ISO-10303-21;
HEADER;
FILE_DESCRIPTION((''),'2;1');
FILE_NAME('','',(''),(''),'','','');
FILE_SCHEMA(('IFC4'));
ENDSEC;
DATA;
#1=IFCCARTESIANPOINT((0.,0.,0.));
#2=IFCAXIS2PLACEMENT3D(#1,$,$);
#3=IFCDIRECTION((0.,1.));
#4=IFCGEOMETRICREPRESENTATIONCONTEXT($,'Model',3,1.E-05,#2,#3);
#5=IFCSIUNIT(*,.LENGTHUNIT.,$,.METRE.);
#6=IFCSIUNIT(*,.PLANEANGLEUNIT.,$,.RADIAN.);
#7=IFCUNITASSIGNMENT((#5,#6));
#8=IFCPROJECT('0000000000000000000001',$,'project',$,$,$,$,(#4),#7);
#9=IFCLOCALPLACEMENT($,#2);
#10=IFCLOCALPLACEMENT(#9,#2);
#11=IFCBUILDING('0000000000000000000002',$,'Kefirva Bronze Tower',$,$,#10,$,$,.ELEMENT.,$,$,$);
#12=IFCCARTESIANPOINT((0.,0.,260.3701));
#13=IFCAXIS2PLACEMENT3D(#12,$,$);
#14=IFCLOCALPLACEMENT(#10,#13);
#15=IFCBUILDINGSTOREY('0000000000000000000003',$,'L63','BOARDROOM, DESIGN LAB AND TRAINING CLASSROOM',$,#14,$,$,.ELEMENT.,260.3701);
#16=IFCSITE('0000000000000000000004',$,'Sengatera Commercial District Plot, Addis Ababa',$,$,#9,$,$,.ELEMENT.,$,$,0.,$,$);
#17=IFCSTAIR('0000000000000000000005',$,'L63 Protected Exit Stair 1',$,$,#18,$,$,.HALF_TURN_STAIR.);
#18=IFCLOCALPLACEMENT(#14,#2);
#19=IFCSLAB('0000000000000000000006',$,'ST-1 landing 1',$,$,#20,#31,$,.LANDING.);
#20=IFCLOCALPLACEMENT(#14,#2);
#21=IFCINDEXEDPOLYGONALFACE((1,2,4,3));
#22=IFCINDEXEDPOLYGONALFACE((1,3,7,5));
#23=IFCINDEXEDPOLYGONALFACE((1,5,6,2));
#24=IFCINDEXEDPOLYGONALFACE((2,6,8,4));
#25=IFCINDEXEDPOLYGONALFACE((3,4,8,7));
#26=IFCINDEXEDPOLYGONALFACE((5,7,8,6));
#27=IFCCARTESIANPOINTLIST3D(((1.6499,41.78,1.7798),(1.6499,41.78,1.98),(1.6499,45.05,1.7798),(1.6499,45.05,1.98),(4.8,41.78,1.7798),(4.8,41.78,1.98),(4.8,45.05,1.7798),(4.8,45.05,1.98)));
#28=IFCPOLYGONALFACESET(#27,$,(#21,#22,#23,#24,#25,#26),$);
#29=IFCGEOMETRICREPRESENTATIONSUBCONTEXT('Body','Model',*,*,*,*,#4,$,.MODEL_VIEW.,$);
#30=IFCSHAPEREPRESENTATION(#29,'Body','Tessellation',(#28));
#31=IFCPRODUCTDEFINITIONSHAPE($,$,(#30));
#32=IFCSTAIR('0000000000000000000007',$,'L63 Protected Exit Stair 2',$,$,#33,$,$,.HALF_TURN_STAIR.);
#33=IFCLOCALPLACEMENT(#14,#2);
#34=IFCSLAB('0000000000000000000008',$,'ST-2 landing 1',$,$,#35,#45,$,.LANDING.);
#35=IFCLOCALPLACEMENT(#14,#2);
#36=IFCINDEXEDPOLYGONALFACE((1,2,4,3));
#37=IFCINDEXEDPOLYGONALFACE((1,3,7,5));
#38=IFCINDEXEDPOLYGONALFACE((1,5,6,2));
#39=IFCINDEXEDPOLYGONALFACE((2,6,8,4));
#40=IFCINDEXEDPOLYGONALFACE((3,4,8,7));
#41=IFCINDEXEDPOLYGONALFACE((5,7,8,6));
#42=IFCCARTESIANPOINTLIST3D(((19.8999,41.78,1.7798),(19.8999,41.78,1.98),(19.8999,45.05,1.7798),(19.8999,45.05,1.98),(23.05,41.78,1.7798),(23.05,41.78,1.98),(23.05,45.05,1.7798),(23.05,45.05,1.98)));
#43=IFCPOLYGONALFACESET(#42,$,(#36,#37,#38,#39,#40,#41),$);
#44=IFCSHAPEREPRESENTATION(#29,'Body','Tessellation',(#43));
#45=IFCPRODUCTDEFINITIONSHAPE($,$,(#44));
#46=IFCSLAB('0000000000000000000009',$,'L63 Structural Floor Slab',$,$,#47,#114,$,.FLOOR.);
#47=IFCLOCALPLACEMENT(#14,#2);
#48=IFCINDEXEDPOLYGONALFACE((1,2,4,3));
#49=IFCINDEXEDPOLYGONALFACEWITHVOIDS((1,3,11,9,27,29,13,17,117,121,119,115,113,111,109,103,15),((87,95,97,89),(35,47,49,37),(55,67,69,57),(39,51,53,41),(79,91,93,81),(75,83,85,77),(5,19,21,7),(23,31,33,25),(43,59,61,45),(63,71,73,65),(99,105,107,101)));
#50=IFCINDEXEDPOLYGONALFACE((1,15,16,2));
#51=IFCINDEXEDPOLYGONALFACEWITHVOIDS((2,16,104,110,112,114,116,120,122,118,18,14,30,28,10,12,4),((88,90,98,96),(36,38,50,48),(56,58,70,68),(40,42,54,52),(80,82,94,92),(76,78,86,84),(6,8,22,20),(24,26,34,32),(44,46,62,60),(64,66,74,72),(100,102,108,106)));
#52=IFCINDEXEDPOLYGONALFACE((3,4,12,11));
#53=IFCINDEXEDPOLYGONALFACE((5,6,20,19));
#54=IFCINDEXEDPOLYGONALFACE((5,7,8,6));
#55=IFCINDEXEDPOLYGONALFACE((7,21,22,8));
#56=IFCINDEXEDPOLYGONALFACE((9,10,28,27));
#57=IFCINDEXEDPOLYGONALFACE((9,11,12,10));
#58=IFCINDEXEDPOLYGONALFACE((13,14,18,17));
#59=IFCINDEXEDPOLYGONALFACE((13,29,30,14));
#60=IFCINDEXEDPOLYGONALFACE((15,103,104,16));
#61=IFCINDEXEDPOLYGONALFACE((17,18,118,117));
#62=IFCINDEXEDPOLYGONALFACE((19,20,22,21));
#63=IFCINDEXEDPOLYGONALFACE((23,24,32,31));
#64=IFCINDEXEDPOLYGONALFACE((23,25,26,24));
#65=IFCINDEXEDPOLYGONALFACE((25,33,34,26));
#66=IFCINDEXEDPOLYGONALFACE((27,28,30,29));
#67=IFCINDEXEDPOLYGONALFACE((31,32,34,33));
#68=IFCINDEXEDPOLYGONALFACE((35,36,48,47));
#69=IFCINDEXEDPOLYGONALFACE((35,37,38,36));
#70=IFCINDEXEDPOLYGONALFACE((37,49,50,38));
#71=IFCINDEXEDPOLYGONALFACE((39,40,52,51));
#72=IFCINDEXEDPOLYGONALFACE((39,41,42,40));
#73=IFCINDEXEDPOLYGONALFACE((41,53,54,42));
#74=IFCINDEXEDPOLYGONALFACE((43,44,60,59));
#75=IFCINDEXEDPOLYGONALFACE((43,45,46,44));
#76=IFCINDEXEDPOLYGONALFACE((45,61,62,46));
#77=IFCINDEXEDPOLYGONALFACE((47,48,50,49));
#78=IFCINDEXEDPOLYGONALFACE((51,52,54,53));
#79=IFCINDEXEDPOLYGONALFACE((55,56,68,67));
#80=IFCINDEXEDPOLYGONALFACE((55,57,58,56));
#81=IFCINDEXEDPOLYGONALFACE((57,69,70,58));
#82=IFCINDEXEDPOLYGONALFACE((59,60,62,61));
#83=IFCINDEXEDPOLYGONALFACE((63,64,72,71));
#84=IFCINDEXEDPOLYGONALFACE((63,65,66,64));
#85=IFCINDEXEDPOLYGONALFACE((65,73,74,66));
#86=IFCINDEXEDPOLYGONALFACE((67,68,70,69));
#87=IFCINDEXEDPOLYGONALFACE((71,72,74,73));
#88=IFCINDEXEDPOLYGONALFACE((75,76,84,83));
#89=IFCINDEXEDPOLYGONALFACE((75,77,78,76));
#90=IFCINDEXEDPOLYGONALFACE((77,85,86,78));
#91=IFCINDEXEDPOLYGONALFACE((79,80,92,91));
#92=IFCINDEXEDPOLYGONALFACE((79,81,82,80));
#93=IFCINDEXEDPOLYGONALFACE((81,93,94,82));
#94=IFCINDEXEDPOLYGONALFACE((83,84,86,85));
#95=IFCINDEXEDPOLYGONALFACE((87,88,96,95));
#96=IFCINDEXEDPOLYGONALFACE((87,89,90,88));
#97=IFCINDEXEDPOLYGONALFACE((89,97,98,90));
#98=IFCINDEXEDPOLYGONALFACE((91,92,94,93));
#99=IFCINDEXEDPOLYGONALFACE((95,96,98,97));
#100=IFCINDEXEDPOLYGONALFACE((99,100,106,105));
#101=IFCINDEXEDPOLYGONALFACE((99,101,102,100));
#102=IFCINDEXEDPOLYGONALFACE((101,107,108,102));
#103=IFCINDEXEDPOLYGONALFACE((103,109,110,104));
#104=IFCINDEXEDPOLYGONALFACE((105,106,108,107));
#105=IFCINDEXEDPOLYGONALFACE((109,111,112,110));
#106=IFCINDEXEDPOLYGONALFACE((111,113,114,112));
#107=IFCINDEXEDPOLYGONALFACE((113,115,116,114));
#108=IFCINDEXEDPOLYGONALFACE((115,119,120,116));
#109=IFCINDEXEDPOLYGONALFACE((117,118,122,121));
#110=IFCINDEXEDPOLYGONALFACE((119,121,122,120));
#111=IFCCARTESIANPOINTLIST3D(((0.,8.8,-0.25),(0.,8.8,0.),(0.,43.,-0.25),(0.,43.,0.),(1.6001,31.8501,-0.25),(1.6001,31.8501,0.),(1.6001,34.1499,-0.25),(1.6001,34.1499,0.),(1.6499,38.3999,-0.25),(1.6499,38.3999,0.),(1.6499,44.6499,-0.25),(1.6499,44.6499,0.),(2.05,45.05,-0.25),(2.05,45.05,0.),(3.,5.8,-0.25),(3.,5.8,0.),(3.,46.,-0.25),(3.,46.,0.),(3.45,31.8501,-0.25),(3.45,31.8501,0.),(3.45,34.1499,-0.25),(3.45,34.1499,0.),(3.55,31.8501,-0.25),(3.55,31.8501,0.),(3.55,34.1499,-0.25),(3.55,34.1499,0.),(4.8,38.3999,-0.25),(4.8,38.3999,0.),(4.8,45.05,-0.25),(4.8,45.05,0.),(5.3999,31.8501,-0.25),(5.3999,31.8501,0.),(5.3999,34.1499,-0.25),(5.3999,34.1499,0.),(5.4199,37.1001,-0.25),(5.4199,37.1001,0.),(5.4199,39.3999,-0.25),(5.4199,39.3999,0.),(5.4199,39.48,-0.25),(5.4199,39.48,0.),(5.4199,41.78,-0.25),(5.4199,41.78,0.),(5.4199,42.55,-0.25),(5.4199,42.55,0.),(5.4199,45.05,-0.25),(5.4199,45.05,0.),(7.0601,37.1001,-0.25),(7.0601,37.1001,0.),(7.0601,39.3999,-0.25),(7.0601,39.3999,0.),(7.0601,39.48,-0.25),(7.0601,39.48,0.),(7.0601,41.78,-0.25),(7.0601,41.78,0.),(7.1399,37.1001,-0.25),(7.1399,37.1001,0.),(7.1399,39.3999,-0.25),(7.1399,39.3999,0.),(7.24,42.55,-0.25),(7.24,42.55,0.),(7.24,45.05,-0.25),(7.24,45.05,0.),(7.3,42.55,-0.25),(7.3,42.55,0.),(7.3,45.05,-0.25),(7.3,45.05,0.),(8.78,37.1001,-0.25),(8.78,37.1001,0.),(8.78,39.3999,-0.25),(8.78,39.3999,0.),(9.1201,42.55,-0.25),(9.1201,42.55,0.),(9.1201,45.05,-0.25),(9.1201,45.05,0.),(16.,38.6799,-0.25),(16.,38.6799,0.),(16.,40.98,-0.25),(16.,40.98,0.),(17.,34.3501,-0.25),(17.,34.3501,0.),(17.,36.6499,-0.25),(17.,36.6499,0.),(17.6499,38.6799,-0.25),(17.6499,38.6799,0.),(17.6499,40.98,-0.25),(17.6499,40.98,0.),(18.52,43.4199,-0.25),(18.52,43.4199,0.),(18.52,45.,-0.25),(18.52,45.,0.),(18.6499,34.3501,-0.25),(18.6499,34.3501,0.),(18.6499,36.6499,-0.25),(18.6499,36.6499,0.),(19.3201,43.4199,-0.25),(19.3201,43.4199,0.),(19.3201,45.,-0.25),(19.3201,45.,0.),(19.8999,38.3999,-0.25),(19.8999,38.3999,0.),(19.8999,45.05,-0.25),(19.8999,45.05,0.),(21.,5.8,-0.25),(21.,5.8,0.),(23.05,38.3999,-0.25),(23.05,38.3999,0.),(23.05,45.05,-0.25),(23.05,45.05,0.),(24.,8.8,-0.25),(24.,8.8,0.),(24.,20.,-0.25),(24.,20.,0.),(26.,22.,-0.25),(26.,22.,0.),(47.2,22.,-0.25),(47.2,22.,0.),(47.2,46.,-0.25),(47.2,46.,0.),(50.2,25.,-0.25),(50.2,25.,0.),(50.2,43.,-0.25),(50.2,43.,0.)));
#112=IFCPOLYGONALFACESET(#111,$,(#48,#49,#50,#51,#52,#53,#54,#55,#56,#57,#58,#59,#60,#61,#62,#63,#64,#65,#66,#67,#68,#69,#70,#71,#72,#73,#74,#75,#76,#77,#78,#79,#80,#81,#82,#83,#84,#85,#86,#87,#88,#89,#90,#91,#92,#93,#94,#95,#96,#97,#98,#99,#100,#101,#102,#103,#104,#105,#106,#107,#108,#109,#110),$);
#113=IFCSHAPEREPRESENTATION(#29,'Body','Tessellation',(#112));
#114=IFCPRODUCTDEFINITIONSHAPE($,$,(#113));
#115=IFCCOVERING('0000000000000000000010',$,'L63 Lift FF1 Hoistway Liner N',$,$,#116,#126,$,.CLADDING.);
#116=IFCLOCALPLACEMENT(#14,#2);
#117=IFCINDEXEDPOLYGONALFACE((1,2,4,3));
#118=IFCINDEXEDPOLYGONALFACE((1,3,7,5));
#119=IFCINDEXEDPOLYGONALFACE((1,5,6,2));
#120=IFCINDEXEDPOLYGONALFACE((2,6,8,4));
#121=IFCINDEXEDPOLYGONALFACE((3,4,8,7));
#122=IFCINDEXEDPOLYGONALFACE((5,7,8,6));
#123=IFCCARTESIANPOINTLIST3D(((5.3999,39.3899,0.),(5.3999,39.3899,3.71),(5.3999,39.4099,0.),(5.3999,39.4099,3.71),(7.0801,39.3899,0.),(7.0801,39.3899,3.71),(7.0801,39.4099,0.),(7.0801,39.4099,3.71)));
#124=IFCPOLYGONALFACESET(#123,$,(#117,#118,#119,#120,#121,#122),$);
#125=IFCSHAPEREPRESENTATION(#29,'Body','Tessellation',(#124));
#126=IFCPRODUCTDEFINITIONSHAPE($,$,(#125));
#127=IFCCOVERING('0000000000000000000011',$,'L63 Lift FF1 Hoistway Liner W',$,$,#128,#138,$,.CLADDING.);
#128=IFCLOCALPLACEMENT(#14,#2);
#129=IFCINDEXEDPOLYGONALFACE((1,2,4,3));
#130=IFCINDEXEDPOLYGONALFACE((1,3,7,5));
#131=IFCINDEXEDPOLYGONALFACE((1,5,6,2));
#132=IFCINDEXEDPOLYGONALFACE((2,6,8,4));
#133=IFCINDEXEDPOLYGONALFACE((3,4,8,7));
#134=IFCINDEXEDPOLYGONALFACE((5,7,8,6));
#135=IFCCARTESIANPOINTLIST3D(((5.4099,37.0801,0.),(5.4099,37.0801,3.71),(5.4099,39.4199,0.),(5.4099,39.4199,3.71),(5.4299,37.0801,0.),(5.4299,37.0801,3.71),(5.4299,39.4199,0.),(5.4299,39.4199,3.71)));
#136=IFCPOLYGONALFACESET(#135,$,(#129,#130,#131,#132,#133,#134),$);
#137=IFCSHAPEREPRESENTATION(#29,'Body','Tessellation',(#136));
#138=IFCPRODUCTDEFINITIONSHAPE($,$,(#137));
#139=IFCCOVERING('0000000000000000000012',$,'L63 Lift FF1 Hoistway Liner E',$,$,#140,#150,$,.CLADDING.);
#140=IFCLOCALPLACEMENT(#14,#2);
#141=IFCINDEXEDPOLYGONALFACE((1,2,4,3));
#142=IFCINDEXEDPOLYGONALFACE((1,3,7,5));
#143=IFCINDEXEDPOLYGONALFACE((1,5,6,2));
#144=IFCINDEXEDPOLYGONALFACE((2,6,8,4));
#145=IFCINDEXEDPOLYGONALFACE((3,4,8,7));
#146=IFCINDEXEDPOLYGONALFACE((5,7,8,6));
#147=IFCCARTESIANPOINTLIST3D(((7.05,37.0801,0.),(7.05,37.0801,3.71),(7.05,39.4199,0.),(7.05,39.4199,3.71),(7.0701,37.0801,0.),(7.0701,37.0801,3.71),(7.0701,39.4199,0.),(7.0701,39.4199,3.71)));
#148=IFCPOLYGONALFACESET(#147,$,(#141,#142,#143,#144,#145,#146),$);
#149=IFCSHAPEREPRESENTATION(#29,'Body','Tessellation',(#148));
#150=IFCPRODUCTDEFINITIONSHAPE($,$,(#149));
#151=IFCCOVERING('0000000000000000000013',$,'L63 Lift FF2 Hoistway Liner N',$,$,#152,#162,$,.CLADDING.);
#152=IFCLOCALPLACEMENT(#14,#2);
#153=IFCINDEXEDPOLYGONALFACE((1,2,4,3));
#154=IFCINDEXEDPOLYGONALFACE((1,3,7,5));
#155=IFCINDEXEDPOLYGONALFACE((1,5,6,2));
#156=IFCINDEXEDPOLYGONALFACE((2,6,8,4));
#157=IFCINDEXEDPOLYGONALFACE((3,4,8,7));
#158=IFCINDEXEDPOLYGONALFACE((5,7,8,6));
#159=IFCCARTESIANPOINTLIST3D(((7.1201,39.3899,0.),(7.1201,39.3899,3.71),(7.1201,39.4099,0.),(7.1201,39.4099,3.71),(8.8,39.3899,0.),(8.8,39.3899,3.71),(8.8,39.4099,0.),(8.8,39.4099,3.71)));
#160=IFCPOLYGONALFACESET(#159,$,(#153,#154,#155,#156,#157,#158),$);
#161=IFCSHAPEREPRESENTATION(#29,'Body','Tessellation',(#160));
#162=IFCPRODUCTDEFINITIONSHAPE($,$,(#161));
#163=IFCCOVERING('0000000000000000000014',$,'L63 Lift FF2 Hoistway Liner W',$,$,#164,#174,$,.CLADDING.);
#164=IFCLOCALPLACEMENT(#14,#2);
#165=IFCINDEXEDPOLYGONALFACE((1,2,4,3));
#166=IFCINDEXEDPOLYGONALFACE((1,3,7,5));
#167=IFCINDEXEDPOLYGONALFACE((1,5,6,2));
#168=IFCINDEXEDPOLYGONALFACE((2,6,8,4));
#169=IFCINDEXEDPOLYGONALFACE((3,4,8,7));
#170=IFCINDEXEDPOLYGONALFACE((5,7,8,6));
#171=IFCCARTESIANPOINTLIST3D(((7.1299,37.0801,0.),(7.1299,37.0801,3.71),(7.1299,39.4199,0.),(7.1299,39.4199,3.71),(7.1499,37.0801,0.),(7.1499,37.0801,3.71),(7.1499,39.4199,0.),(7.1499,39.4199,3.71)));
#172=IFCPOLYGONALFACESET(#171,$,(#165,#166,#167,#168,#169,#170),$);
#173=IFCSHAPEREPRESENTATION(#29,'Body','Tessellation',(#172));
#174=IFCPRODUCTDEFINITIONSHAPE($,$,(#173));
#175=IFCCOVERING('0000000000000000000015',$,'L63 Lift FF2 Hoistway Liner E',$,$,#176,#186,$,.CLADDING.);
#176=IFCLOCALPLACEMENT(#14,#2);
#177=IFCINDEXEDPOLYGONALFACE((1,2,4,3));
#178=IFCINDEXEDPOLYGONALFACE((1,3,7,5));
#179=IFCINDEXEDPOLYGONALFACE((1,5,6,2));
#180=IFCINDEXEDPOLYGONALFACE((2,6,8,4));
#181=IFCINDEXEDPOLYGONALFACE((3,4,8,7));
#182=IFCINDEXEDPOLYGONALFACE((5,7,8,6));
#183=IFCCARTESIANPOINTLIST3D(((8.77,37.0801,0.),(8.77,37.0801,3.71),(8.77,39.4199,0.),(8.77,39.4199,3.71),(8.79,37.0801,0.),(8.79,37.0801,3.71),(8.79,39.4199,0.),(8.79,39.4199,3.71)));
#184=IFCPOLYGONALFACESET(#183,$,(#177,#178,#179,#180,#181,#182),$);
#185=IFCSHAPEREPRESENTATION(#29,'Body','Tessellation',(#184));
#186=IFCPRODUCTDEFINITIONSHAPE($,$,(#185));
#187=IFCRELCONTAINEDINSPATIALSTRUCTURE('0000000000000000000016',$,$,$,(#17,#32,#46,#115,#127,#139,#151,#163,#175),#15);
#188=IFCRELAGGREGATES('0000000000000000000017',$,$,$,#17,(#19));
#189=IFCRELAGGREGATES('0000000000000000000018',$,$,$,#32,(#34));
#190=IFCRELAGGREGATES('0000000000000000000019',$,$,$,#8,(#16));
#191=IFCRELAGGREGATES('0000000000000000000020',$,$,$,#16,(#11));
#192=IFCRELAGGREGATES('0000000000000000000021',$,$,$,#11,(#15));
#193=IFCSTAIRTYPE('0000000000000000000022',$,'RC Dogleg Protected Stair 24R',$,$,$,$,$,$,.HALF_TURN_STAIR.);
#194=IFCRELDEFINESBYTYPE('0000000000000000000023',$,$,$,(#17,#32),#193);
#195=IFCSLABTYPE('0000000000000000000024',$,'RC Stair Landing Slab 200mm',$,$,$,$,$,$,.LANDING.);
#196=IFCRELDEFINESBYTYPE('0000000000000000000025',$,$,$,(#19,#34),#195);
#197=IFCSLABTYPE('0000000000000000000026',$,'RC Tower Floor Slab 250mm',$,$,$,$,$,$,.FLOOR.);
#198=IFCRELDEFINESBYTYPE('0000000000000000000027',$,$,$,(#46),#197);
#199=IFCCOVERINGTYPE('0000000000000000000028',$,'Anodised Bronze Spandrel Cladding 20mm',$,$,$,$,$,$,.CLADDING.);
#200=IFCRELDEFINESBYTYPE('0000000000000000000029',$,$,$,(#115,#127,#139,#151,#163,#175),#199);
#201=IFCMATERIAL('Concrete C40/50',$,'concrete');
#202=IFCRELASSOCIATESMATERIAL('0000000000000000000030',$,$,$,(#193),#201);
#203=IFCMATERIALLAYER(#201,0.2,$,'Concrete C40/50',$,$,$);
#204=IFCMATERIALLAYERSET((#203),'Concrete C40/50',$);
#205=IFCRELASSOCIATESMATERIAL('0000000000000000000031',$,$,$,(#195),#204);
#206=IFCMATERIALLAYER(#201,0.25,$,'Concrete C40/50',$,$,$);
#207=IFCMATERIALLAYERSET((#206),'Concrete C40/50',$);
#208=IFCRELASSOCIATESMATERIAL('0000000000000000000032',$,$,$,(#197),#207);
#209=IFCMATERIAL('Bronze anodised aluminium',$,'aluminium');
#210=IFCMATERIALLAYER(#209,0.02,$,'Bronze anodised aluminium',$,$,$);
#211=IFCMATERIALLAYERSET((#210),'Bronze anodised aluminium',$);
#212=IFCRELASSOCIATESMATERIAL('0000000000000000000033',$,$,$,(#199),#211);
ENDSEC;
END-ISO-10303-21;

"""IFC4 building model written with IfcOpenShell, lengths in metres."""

from ifc_helpers import new_model, si_unit, direction, frame, origin, place, context, subcontext, project, spatial, polyline, outline, extrude, material, layer, layer_set, type_object, element, aggregate, save


model = new_model("IFC4")

# Units and contexts
model_context = context("Model", 3, precision=1e-05, world=origin(), true_north=direction((0.0, 1.0)))
body_context = subcontext(model_context, "Body", "Model", "MODEL_VIEW")
ifc_project = project(units=[si_unit("LENGTHUNIT", "METRE"), si_unit("PLANEANGLEUNIT", "RADIAN")], contexts=[model_context])

# Site, building, storey
site_placement = place(None, origin())
site = spatial("IfcSite", under=ifc_project, at=site_placement, Name="Sengatera Commercial District Plot, Addis Ababa", CompositionType="ELEMENT", RefElevation=0.0)
building_placement = place(site_placement, origin())
building = spatial("IfcBuilding", under=site, at=building_placement, Name="Kefirva Bronze Tower", CompositionType="ELEMENT")
storey_placement = place(building_placement, frame((0.0, 0.0, 260.3701)))
storey = spatial("IfcBuildingStorey", under=building, at=storey_placement, Name="L63", Description="BOARDROOM, DESIGN LAB AND TRAINING CLASSROOM", CompositionType="ELEMENT", Elevation=260.3701)

# Stairs, slabs
ifc_material_1 = material(Name="Concrete C40/50", Category="concrete")
stair_type = type_object("IfcStairType", Name="RC Dogleg Protected Stair 24R", PredefinedType="HALF_TURN_STAIR", material=ifc_material_1)
stair_1_placement = place(storey_placement, origin())
stair_1 = element("IfcStair", 1, at=stair_1_placement, inside=storey, type_object=stair_type, Name="L63 Protected Exit Stair 1", PredefinedType="HALF_TURN_STAIR")
ifc_layer_1 = layer(ifc_material_1, 0.2, Name="Concrete C40/50")
ifc_layer_set_1 = layer_set([ifc_layer_1], Name="Concrete C40/50")
slab_type_1 = type_object("IfcSlabType", Name="RC Stair Landing Slab 200mm", PredefinedType="LANDING", material=ifc_layer_set_1)
slab_1_placement = place(storey_placement, frame((0.0, 0.0, 1.7798)))
slab_1 = element("IfcSlab", 2, at=slab_1_placement, type_object=slab_type_1, Name="ST-1 landing 1", PredefinedType="LANDING", context=body_context, shape_type="SweptSolid", body=[
    extrude(outline(polyline([(4.8, 41.78), (4.8, 45.05), (1.6499, 45.05), (1.6499, 41.78), (4.8, 41.78)])), origin(), (0.0, 0.0, 1.0), 0.2002),
])
aggregate(stair_1, [slab_1])
stair_2_placement = place(storey_placement, origin())
stair_2 = element("IfcStair", 3, at=stair_2_placement, inside=storey, type_object=stair_type, Name="L63 Protected Exit Stair 2", PredefinedType="HALF_TURN_STAIR")
slab_2_placement = place(storey_placement, frame((0.0, 0.0, 1.7798)))
slab_2 = element("IfcSlab", 4, at=slab_2_placement, type_object=slab_type_1, Name="ST-2 landing 1", PredefinedType="LANDING", context=body_context, shape_type="SweptSolid", body=[
    extrude(outline(polyline([(23.05, 41.78), (23.05, 45.05), (19.8999, 45.05), (19.8999, 41.78), (23.05, 41.78)])), origin(), (0.0, 0.0, 1.0), 0.2002),
])
aggregate(stair_2, [slab_2])

# Slab
ifc_layer_2 = layer(ifc_material_1, 0.25, Name="Concrete C40/50")
ifc_layer_set_2 = layer_set([ifc_layer_2], Name="Concrete C40/50")
slab_type_2 = type_object("IfcSlabType", Name="RC Tower Floor Slab 250mm", PredefinedType="FLOOR", material=ifc_layer_set_2)
slab_3_placement = place(storey_placement, frame((0.0, 0.0, -0.25)))
element("IfcSlab", 5, at=slab_3_placement, inside=storey, type_object=slab_type_2, Name="L63 Structural Floor Slab", PredefinedType="FLOOR", context=body_context, shape_type="SweptSolid", body=[
    extrude(outline(polyline([(0.0, 8.8), (0.0, 43.0), (1.6499, 44.6499), (1.6499, 38.3999), (4.8, 38.3999), (4.8, 45.05), (2.05, 45.05), (3.0, 46.0), (47.2, 46.0), (50.2, 43.0), (50.2, 25.0), (47.2, 22.0), (26.0, 22.0), (24.0, 20.0), (24.0, 8.8), (21.0, 5.8), (3.0, 5.8), (0.0, 8.8)]), holes=[polyline([(23.05, 45.05), (19.8999, 45.05), (19.8999, 38.3999), (23.05, 38.3999), (23.05, 45.05)]), polyline([(19.3201, 43.4199), (19.3201, 45.0), (18.52, 45.0), (18.52, 43.4199), (19.3201, 43.4199)]), polyline([(18.6499, 36.6499), (17.0, 36.6499), (17.0, 34.3501), (18.6499, 34.3501), (18.6499, 36.6499)]), polyline([(17.6499, 38.6799), (17.6499, 40.98), (16.0, 40.98), (16.0, 38.6799), (17.6499, 38.6799)]), polyline([(9.1201, 42.55), (9.1201, 45.05), (7.3, 45.05), (7.3, 42.55), (9.1201, 42.55)]), polyline([(8.78, 37.1001), (8.78, 39.3999), (7.1399, 39.3999), (7.1399, 37.1001), (8.78, 37.1001)]), polyline([(7.24, 42.55), (7.24, 45.05), (5.4199, 45.05), (5.4199, 42.55), (7.24, 42.55)]), polyline([(7.0601, 37.1001), (7.0601, 39.3999), (5.4199, 39.3999), (5.4199, 37.1001), (7.0601, 37.1001)]), polyline([(7.0601, 41.78), (5.4199, 41.78), (5.4199, 39.48), (7.0601, 39.48), (7.0601, 41.78)]), polyline([(5.3999, 31.8501), (5.3999, 34.1499), (3.55, 34.1499), (3.55, 31.8501), (5.3999, 31.8501)]), polyline([(3.45, 34.1499), (1.6001, 34.1499), (1.6001, 31.8501), (3.45, 31.8501), (3.45, 34.1499)])]), origin(), (0.0, 0.0, 1.0), 0.25),
])

# Coverings
ifc_material_2 = material(Name="Bronze anodised aluminium", Category="aluminium")
ifc_layer_3 = layer(ifc_material_2, 0.02, Name="Bronze anodised aluminium")
ifc_layer_set_3 = layer_set([ifc_layer_3], Name="Bronze anodised aluminium")
covering_type = type_object("IfcCoveringType", Name="Anodised Bronze Spandrel Cladding 20mm", PredefinedType="CLADDING", material=ifc_layer_set_3)
covering_1_placement = place(storey_placement, origin())
element("IfcCovering", 6, at=covering_1_placement, inside=storey, type_object=covering_type, Name="L63 Lift FF1 Hoistway Liner N", PredefinedType="CLADDING", context=body_context, shape_type="SweptSolid", body=[
    extrude(outline(polyline([(5.3999, 39.3899), (7.0801, 39.3899), (7.0801, 39.4099), (5.3999, 39.4099), (5.3999, 39.3899)])), origin(), (0.0, 0.0, 1.0), 3.71),
])
covering_2_placement = place(storey_placement, origin())
element("IfcCovering", 7, at=covering_2_placement, inside=storey, type_object=covering_type, Name="L63 Lift FF1 Hoistway Liner W", PredefinedType="CLADDING", context=body_context, shape_type="SweptSolid", body=[
    extrude(outline(polyline([(5.4099, 37.0801), (5.4299, 37.0801), (5.4299, 39.4199), (5.4099, 39.4199), (5.4099, 37.0801)])), origin(), (0.0, 0.0, 1.0), 3.71),
])
covering_3_placement = place(storey_placement, origin())
element("IfcCovering", 8, at=covering_3_placement, inside=storey, type_object=covering_type, Name="L63 Lift FF1 Hoistway Liner E", PredefinedType="CLADDING", context=body_context, shape_type="SweptSolid", body=[
    extrude(outline(polyline([(7.05, 37.0801), (7.0701, 37.0801), (7.0701, 39.4199), (7.05, 39.4199), (7.05, 37.0801)])), origin(), (0.0, 0.0, 1.0), 3.71),
])
covering_4_placement = place(storey_placement, origin())
element("IfcCovering", 9, at=covering_4_placement, inside=storey, type_object=covering_type, Name="L63 Lift FF2 Hoistway Liner N", PredefinedType="CLADDING", context=body_context, shape_type="SweptSolid", body=[
    extrude(outline(polyline([(7.1201, 39.3899), (8.8, 39.3899), (8.8, 39.4099), (7.1201, 39.4099), (7.1201, 39.3899)])), origin(), (0.0, 0.0, 1.0), 3.71),
])
covering_5_placement = place(storey_placement, origin())
element("IfcCovering", 10, at=covering_5_placement, inside=storey, type_object=covering_type, Name="L63 Lift FF2 Hoistway Liner W", PredefinedType="CLADDING", context=body_context, shape_type="SweptSolid", body=[
    extrude(outline(polyline([(7.1299, 37.0801), (7.1499, 37.0801), (7.1499, 39.4199), (7.1299, 39.4199), (7.1299, 37.0801)])), origin(), (0.0, 0.0, 1.0), 3.71),
])
covering_6_placement = place(storey_placement, origin())
element("IfcCovering", 11, at=covering_6_placement, inside=storey, type_object=covering_type, Name="L63 Lift FF2 Hoistway Liner E", PredefinedType="CLADDING", context=body_context, shape_type="SweptSolid", body=[
    extrude(outline(polyline([(8.77, 37.0801), (8.79, 37.0801), (8.79, 39.4199), (8.77, 39.4199), (8.77, 37.0801)])), origin(), (0.0, 0.0, 1.0), 3.71),
])

save(model, "model.ifc")
